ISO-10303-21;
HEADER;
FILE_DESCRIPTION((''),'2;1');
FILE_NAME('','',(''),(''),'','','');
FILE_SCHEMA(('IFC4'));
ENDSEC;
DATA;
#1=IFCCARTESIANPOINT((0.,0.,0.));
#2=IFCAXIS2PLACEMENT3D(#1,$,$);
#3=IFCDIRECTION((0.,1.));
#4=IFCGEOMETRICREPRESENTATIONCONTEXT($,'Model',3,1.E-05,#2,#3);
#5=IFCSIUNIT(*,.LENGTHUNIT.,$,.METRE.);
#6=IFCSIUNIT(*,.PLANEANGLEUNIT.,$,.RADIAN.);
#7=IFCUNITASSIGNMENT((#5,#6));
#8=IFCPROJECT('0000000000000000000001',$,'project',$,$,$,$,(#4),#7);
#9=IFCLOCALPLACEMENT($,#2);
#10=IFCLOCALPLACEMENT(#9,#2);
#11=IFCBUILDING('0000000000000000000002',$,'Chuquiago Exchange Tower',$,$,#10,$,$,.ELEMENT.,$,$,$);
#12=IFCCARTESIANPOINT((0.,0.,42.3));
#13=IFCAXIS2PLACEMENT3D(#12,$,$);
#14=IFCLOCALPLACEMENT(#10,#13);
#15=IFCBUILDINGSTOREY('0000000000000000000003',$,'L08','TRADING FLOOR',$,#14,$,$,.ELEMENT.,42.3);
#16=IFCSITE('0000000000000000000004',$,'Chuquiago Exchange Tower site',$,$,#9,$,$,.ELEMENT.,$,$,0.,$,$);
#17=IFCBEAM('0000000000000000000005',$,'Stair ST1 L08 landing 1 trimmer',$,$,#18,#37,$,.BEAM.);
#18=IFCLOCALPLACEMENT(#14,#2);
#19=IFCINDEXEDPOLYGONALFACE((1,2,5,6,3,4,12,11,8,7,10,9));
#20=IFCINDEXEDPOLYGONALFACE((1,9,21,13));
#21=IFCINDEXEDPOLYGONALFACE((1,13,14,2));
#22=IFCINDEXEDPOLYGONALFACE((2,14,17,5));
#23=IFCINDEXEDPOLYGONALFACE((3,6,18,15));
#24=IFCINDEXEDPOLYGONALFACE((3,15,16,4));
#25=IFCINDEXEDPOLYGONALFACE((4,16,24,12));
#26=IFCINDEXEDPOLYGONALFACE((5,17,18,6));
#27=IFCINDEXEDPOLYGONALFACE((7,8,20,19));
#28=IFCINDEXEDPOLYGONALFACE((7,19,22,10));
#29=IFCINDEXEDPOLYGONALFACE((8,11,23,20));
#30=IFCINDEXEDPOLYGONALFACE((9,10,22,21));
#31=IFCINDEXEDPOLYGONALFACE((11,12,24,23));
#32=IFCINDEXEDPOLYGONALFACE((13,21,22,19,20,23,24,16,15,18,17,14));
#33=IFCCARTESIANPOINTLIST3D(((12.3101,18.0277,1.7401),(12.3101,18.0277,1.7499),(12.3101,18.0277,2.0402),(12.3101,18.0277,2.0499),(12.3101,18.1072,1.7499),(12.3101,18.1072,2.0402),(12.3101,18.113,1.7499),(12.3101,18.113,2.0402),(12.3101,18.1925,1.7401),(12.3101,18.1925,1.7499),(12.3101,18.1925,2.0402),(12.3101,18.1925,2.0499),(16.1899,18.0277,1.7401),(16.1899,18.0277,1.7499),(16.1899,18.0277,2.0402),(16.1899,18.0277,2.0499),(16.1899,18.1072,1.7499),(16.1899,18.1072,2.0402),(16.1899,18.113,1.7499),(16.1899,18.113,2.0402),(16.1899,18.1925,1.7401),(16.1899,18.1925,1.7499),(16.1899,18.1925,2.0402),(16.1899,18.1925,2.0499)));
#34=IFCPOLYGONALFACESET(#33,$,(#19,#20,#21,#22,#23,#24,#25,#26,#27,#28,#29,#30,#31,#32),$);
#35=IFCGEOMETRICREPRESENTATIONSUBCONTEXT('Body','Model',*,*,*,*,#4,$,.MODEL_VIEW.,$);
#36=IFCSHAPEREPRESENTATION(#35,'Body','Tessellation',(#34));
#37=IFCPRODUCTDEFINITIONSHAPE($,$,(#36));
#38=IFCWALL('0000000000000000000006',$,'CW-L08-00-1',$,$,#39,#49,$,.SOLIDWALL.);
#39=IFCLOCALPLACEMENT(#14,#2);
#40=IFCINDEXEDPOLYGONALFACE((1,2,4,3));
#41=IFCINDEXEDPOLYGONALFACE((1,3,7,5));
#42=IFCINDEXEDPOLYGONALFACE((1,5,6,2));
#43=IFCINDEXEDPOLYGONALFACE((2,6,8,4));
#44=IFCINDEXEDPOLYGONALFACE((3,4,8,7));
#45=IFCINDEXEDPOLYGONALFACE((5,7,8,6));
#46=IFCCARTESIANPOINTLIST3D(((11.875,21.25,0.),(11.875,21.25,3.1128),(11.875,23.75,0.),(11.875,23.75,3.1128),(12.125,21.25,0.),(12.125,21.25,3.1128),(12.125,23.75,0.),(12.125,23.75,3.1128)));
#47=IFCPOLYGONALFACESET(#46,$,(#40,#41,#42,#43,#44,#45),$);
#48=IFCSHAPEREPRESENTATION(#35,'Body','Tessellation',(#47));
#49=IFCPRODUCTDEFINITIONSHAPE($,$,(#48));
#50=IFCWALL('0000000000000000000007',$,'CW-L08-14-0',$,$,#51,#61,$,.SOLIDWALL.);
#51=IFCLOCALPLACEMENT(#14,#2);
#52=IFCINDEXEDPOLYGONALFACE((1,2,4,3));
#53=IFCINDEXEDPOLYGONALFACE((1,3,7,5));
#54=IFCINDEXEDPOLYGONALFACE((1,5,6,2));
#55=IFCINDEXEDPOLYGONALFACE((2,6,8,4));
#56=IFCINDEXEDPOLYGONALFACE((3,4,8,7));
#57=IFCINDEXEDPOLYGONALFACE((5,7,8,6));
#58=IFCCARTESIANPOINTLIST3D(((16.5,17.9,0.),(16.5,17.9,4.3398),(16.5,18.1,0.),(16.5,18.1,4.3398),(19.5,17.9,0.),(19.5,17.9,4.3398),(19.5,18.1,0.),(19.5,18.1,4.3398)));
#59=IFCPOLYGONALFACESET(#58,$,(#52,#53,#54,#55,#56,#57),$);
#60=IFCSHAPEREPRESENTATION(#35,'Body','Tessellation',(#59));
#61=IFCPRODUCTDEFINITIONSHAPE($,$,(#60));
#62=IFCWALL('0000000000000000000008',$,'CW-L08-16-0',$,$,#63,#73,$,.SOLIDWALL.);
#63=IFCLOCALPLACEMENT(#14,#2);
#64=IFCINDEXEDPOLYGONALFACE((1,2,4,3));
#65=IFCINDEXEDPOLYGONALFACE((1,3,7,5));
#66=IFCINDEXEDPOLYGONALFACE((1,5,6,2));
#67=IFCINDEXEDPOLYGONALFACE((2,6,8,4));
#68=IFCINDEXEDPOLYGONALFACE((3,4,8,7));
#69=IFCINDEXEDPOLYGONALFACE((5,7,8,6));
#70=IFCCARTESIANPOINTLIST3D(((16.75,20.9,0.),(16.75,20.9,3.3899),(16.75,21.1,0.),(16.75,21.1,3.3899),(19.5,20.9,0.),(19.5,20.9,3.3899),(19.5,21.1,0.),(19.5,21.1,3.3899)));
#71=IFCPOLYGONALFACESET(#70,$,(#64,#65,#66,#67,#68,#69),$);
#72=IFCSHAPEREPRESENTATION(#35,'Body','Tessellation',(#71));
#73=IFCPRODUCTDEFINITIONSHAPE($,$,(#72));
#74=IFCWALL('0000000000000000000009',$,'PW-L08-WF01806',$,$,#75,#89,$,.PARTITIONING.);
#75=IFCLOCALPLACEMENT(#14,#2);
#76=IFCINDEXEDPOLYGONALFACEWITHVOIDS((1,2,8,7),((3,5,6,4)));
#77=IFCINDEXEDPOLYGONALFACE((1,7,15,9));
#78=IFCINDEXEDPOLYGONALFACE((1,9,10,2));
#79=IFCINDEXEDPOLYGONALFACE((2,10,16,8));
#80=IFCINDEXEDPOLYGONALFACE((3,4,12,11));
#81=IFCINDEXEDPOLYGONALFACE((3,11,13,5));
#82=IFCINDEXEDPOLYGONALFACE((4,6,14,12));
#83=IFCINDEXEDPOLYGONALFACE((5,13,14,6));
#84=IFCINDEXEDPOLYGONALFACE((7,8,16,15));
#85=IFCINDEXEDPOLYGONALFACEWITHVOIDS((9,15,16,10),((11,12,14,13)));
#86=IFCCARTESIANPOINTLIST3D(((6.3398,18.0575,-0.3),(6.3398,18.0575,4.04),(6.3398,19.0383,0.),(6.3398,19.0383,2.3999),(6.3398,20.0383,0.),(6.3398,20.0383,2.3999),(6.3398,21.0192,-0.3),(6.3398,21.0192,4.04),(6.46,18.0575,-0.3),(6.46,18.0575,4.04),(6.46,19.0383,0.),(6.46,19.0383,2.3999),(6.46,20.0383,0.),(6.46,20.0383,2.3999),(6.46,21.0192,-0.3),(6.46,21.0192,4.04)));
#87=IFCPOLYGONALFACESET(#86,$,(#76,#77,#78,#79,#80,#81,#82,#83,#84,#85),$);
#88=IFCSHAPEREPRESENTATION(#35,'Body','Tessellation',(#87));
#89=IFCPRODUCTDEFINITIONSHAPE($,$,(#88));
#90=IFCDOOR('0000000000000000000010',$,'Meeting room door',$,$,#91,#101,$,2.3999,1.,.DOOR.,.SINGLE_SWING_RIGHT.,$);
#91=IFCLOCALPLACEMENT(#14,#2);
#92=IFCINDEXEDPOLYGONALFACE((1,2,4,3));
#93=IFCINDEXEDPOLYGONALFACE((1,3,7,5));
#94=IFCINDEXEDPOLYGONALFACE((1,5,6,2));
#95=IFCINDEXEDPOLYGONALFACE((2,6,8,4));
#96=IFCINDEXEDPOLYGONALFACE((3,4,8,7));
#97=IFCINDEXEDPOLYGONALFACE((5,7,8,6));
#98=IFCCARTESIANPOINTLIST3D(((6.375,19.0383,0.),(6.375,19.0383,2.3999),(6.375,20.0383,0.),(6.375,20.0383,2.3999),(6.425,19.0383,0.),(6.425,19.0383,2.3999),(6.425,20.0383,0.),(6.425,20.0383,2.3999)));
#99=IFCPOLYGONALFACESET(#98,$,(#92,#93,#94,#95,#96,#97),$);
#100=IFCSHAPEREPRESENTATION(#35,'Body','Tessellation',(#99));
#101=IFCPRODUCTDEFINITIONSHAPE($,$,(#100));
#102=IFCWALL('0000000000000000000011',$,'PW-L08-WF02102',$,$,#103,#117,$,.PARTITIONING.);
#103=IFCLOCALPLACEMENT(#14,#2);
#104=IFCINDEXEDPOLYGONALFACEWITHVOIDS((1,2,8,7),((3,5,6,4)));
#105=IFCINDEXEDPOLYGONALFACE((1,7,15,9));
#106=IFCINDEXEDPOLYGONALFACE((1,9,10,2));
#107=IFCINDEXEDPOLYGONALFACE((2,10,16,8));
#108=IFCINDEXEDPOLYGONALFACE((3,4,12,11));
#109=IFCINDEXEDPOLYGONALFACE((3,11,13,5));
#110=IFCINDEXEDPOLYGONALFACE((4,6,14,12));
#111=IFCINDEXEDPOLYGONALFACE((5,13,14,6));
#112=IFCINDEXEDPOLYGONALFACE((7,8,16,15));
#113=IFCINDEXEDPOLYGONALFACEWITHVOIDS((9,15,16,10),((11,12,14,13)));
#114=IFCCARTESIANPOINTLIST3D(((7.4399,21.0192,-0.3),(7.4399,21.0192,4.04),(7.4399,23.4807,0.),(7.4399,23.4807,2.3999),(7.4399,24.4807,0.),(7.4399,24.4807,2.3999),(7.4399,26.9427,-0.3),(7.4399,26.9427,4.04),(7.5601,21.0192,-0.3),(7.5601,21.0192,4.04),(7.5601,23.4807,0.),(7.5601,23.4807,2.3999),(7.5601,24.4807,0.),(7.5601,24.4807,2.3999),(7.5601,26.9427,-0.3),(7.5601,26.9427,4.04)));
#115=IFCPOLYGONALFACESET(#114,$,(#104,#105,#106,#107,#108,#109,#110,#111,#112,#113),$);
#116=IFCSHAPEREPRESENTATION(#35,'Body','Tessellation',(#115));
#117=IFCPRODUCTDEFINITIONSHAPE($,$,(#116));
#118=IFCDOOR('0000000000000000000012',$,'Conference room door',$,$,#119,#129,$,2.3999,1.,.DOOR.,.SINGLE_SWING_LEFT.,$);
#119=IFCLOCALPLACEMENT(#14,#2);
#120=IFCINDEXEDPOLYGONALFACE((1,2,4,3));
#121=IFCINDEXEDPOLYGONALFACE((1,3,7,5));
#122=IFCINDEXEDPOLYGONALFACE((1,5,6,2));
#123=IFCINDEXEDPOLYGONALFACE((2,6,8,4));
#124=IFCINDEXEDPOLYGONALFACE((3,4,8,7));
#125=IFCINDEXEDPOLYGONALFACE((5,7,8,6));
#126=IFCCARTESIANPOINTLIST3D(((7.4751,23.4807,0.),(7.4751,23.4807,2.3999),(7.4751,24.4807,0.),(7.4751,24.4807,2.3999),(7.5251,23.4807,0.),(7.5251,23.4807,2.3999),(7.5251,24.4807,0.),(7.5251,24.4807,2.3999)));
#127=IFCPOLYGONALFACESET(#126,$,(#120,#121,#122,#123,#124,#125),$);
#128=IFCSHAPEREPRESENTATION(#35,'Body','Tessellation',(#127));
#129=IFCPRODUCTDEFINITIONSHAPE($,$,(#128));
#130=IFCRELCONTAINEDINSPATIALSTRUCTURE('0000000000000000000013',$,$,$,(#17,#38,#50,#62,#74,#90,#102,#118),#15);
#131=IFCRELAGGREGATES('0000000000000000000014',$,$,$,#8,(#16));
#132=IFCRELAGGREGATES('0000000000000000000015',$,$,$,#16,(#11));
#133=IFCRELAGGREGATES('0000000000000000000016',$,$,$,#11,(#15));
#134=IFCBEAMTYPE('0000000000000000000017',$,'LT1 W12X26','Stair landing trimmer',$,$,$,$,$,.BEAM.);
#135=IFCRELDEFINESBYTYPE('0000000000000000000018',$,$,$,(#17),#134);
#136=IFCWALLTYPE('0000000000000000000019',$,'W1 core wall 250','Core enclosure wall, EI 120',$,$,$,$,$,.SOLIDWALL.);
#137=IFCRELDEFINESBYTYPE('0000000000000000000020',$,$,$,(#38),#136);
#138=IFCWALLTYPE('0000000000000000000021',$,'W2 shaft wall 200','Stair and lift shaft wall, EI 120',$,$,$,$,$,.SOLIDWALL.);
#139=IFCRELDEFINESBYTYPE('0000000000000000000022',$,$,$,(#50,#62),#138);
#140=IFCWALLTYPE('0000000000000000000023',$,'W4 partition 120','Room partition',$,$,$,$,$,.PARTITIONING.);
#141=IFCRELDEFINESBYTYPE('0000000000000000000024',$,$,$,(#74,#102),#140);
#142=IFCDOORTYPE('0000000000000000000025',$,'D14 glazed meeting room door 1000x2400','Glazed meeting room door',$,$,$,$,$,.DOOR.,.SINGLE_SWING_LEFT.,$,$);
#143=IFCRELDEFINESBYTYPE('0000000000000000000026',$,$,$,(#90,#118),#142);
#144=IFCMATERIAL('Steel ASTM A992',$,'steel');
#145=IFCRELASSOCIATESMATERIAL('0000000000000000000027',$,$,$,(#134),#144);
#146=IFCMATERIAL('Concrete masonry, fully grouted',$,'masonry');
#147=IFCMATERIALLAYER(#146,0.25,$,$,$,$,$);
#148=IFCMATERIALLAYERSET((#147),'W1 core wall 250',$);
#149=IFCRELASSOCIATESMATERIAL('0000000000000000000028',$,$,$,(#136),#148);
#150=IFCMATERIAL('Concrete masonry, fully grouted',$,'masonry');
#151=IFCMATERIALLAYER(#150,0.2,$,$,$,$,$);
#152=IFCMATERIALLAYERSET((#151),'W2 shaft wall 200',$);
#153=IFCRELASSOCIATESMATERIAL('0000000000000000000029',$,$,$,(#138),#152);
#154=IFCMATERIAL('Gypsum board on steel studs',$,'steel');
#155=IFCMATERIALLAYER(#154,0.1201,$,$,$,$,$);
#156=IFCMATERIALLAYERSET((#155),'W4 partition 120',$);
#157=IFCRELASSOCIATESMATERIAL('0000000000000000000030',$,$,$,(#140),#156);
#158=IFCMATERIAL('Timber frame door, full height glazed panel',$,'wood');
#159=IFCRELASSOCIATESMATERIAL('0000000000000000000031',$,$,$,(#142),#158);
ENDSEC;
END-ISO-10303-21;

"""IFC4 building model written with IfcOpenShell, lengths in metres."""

from ifc_helpers import new_model, si_unit, direction, frame, frame_2d, origin, origin_2d, place, context, subcontext, project, spatial, rectangle, i_section, extrude, material, layer, layer_set, material_profile, profile_set, type_object, element, fill, save


model = new_model("IFC4")

# Units and contexts
model_context = context("Model", 3, precision=1e-05, world=origin(), true_north=direction((0.0, 1.0)))
body_context = subcontext(model_context, "Body", "Model", "MODEL_VIEW")
ifc_project = project(units=[si_unit("LENGTHUNIT", "METRE"), si_unit("PLANEANGLEUNIT", "RADIAN")], contexts=[model_context])

# Site, building, storey
site_placement = place(None, origin())
site = spatial("IfcSite", under=ifc_project, at=site_placement, Name="Chuquiago Exchange Tower site", CompositionType="ELEMENT", RefElevation=0.0)
building_placement = place(site_placement, origin())
building = spatial("IfcBuilding", under=site, at=building_placement, Name="Chuquiago Exchange Tower", CompositionType="ELEMENT")
storey_placement = place(building_placement, frame((0.0, 0.0, 42.3)))
storey = spatial("IfcBuildingStorey", under=building, at=storey_placement, Name="L08", Description="TRADING FLOOR", CompositionType="ELEMENT", Elevation=42.3)

# Beam
ifc_material_1 = material(Name="Steel ASTM A992", Category="steel")
ifc_material_profile_1 = material_profile(ifc_material_1, i_section(OverallWidth=0.1648, OverallDepth=0.3098, WebThickness=0.0059, FlangeThickness=0.0098, at=origin_2d()), Name="W12X26")
ifc_profile_set_1 = profile_set([ifc_material_profile_1], Name="Steel ASTM A992")
beam_type_1 = type_object("IfcBeamType", Name="LT1 W12X26", Description="Stair landing trimmer", PredefinedType="BEAM", material=ifc_profile_set_1)
beam_1_placement = place(storey_placement, frame((12.3101, 18.1101, 1.895), z_axis=(1.0, 0.0, 0.0), x_axis=(0.0, 1.0, 0.0)))
element("IfcBeam", 1, at=beam_1_placement, inside=storey, type_object=beam_type_1, Name="Stair ST1 L08 landing 1 trimmer", PredefinedType="BEAM", context=body_context, shape_type="SweptSolid", body=[
    extrude(i_section(OverallWidth=0.1648, OverallDepth=0.3098, WebThickness=0.0059, FlangeThickness=0.0098, at=origin_2d()), origin(), (0.0, 0.0, 1.0), 3.8799),
])

# Walls
ifc_material_2 = material(Name="Concrete masonry, fully grouted", Category="masonry")
ifc_layer_1 = layer(ifc_material_2, 0.25)
ifc_layer_set_1 = layer_set([ifc_layer_1], Name="W1 core wall 250")
wall_type_1 = type_object("IfcWallType", Name="W1 core wall 250", Description="Core enclosure wall, EI 120", PredefinedType="SOLIDWALL", material=ifc_layer_set_1)
wall_1_placement = place(storey_placement, frame((12.0, 21.25, 0.0), z_axis=(0.0, 0.0, 1.0), x_axis=(0.0, 1.0, 0.0)))
element("IfcWall", 2, at=wall_1_placement, inside=storey, type_object=wall_type_1, Name="CW-L08-00-1", PredefinedType="SOLIDWALL", context=body_context, shape_type="SweptSolid", body=[
    extrude(rectangle(XDim=2.5, YDim=0.25, at=frame_2d((1.25, 0.0))), origin(), (0.0, 0.0, 1.0), 3.1128),
])
ifc_material_3 = material(Name="Concrete masonry, fully grouted", Category="masonry")
ifc_layer_2 = layer(ifc_material_3, 0.2)
ifc_layer_set_2 = layer_set([ifc_layer_2], Name="W2 shaft wall 200")
wall_type_2 = type_object("IfcWallType", Name="W2 shaft wall 200", Description="Stair and lift shaft wall, EI 120", PredefinedType="SOLIDWALL", material=ifc_layer_set_2)
wall_2_placement = place(storey_placement, frame((16.5, 18.0, 0.0), z_axis=(0.0, 0.0, 1.0), x_axis=(1.0, 0.0, 0.0)))
element("IfcWall", 3, at=wall_2_placement, inside=storey, type_object=wall_type_2, Name="CW-L08-14-0", PredefinedType="SOLIDWALL", context=body_context, shape_type="SweptSolid", body=[
    extrude(rectangle(XDim=3.0, YDim=0.2, at=frame_2d((1.5, 0.0))), origin(), (0.0, 0.0, 1.0), 4.3398),
])
wall_3_placement = place(storey_placement, frame((16.75, 21.0, 0.0), z_axis=(0.0, 0.0, 1.0), x_axis=(1.0, 0.0, 0.0)))
element("IfcWall", 4, at=wall_3_placement, inside=storey, type_object=wall_type_2, Name="CW-L08-16-0", PredefinedType="SOLIDWALL", context=body_context, shape_type="SweptSolid", body=[
    extrude(rectangle(XDim=2.75, YDim=0.2, at=frame_2d((1.375, 0.0))), origin(), (0.0, 0.0, 1.0), 3.3899),
])

# Walls, openings, doors
ifc_material_4 = material(Name="Gypsum board on steel studs", Category="steel")
ifc_layer_3 = layer(ifc_material_4, 0.1201)
ifc_layer_set_3 = layer_set([ifc_layer_3], Name="W4 partition 120")
wall_type_3 = type_object("IfcWallType", Name="W4 partition 120", Description="Room partition", PredefinedType="PARTITIONING", material=ifc_layer_set_3)
wall_4_placement = place(storey_placement, frame((6.3999, 18.0574, -0.3), z_axis=(0.0, 0.0, 1.0), x_axis=(0.0, 1.0, 0.0)))
wall_4 = element("IfcWall", 5, at=wall_4_placement, inside=storey, type_object=wall_type_3, Name="PW-L08-WF01806", PredefinedType="PARTITIONING", context=body_context, shape_type="SweptSolid", body=[
    extrude(rectangle(XDim=2.9617, YDim=0.1201, at=frame_2d((1.481, 0.0))), origin(), (0.0, 0.0, 1.0), 4.3401),
])
opening_1_placement = place(wall_4_placement, frame((0.981, 0.0, 0.3)))
opening_1 = element("IfcOpeningElement", 6, at=opening_1_placement, cuts=wall_4, PredefinedType="OPENING", context=body_context, shape_type="SweptSolid", body=[
    extrude(rectangle(XDim=1.0, YDim=2.3999, at=frame_2d((0.5, 1.2))), frame((0.0, 0.0701, 0.0), z_axis=(0.0, -1.0, 0.0), x_axis=(1.0, 0.0, 0.0)), (0.0, 0.0, 1.0), 0.1401),
])
ifc_material_5 = material(Name="Timber frame door, full height glazed panel", Category="wood")
door_type = type_object("IfcDoorType", Name="D14 glazed meeting room door 1000x2400", Description="Glazed meeting room door", OperationType="SINGLE_SWING_LEFT", PredefinedType="DOOR", material=ifc_material_5)
door_1_placement = place(opening_1_placement, origin())
door_1 = element("IfcDoor", 7, at=door_1_placement, inside=storey, type_object=door_type, Name="Meeting room door", OperationType="SINGLE_SWING_RIGHT", OverallHeight=2.3999, OverallWidth=1.0, PredefinedType="DOOR", context=body_context, shape_type="SweptSolid", body=[
    extrude(rectangle(XDim=1.0, YDim=2.3999, at=frame_2d((0.5, 1.2))), frame((0.0, 0.0249, 0.0), z_axis=(0.0, -1.0, 0.0), x_axis=(1.0, 0.0, 0.0)), (0.0, 0.0, 1.0), 0.05),
])
fill(opening_1, door_1)
wall_5_placement = place(storey_placement, frame((7.5, 21.019, -0.3), z_axis=(0.0, 0.0, 1.0), x_axis=(0.0, 1.0, 0.0)))
wall_5 = element("IfcWall", 8, at=wall_5_placement, inside=storey, type_object=wall_type_3, Name="PW-L08-WF02102", PredefinedType="PARTITIONING", context=body_context, shape_type="SweptSolid", body=[
    extrude(rectangle(XDim=5.9236, YDim=0.1201, at=frame_2d((2.9619, 0.0))), origin(), (0.0, 0.0, 1.0), 4.3401),
])
opening_2_placement = place(wall_5_placement, frame((2.4617, 0.0, 0.3)))
opening_2 = element("IfcOpeningElement", 9, at=opening_2_placement, cuts=wall_5, PredefinedType="OPENING", context=body_context, shape_type="SweptSolid", body=[
    extrude(rectangle(XDim=1.0, YDim=2.3999, at=frame_2d((0.5, 1.2))), frame((0.0, 0.0701, 0.0), z_axis=(0.0, -1.0, 0.0), x_axis=(1.0, 0.0, 0.0)), (0.0, 0.0, 1.0), 0.1401),
])
door_2_placement = place(opening_2_placement, origin())
door_2 = element("IfcDoor", 10, at=door_2_placement, inside=storey, type_object=door_type, Name="Conference room door", OperationType="SINGLE_SWING_LEFT", OverallHeight=2.3999, OverallWidth=1.0, PredefinedType="DOOR", context=body_context, shape_type="SweptSolid", body=[
    extrude(rectangle(XDim=1.0, YDim=2.3999, at=frame_2d((0.5, 1.2))), frame((0.0, 0.0249, 0.0), z_axis=(0.0, -1.0, 0.0), x_axis=(1.0, 0.0, 0.0)), (0.0, 0.0, 1.0), 0.05),
])
fill(opening_2, door_2)

save(model, "model.ifc")
